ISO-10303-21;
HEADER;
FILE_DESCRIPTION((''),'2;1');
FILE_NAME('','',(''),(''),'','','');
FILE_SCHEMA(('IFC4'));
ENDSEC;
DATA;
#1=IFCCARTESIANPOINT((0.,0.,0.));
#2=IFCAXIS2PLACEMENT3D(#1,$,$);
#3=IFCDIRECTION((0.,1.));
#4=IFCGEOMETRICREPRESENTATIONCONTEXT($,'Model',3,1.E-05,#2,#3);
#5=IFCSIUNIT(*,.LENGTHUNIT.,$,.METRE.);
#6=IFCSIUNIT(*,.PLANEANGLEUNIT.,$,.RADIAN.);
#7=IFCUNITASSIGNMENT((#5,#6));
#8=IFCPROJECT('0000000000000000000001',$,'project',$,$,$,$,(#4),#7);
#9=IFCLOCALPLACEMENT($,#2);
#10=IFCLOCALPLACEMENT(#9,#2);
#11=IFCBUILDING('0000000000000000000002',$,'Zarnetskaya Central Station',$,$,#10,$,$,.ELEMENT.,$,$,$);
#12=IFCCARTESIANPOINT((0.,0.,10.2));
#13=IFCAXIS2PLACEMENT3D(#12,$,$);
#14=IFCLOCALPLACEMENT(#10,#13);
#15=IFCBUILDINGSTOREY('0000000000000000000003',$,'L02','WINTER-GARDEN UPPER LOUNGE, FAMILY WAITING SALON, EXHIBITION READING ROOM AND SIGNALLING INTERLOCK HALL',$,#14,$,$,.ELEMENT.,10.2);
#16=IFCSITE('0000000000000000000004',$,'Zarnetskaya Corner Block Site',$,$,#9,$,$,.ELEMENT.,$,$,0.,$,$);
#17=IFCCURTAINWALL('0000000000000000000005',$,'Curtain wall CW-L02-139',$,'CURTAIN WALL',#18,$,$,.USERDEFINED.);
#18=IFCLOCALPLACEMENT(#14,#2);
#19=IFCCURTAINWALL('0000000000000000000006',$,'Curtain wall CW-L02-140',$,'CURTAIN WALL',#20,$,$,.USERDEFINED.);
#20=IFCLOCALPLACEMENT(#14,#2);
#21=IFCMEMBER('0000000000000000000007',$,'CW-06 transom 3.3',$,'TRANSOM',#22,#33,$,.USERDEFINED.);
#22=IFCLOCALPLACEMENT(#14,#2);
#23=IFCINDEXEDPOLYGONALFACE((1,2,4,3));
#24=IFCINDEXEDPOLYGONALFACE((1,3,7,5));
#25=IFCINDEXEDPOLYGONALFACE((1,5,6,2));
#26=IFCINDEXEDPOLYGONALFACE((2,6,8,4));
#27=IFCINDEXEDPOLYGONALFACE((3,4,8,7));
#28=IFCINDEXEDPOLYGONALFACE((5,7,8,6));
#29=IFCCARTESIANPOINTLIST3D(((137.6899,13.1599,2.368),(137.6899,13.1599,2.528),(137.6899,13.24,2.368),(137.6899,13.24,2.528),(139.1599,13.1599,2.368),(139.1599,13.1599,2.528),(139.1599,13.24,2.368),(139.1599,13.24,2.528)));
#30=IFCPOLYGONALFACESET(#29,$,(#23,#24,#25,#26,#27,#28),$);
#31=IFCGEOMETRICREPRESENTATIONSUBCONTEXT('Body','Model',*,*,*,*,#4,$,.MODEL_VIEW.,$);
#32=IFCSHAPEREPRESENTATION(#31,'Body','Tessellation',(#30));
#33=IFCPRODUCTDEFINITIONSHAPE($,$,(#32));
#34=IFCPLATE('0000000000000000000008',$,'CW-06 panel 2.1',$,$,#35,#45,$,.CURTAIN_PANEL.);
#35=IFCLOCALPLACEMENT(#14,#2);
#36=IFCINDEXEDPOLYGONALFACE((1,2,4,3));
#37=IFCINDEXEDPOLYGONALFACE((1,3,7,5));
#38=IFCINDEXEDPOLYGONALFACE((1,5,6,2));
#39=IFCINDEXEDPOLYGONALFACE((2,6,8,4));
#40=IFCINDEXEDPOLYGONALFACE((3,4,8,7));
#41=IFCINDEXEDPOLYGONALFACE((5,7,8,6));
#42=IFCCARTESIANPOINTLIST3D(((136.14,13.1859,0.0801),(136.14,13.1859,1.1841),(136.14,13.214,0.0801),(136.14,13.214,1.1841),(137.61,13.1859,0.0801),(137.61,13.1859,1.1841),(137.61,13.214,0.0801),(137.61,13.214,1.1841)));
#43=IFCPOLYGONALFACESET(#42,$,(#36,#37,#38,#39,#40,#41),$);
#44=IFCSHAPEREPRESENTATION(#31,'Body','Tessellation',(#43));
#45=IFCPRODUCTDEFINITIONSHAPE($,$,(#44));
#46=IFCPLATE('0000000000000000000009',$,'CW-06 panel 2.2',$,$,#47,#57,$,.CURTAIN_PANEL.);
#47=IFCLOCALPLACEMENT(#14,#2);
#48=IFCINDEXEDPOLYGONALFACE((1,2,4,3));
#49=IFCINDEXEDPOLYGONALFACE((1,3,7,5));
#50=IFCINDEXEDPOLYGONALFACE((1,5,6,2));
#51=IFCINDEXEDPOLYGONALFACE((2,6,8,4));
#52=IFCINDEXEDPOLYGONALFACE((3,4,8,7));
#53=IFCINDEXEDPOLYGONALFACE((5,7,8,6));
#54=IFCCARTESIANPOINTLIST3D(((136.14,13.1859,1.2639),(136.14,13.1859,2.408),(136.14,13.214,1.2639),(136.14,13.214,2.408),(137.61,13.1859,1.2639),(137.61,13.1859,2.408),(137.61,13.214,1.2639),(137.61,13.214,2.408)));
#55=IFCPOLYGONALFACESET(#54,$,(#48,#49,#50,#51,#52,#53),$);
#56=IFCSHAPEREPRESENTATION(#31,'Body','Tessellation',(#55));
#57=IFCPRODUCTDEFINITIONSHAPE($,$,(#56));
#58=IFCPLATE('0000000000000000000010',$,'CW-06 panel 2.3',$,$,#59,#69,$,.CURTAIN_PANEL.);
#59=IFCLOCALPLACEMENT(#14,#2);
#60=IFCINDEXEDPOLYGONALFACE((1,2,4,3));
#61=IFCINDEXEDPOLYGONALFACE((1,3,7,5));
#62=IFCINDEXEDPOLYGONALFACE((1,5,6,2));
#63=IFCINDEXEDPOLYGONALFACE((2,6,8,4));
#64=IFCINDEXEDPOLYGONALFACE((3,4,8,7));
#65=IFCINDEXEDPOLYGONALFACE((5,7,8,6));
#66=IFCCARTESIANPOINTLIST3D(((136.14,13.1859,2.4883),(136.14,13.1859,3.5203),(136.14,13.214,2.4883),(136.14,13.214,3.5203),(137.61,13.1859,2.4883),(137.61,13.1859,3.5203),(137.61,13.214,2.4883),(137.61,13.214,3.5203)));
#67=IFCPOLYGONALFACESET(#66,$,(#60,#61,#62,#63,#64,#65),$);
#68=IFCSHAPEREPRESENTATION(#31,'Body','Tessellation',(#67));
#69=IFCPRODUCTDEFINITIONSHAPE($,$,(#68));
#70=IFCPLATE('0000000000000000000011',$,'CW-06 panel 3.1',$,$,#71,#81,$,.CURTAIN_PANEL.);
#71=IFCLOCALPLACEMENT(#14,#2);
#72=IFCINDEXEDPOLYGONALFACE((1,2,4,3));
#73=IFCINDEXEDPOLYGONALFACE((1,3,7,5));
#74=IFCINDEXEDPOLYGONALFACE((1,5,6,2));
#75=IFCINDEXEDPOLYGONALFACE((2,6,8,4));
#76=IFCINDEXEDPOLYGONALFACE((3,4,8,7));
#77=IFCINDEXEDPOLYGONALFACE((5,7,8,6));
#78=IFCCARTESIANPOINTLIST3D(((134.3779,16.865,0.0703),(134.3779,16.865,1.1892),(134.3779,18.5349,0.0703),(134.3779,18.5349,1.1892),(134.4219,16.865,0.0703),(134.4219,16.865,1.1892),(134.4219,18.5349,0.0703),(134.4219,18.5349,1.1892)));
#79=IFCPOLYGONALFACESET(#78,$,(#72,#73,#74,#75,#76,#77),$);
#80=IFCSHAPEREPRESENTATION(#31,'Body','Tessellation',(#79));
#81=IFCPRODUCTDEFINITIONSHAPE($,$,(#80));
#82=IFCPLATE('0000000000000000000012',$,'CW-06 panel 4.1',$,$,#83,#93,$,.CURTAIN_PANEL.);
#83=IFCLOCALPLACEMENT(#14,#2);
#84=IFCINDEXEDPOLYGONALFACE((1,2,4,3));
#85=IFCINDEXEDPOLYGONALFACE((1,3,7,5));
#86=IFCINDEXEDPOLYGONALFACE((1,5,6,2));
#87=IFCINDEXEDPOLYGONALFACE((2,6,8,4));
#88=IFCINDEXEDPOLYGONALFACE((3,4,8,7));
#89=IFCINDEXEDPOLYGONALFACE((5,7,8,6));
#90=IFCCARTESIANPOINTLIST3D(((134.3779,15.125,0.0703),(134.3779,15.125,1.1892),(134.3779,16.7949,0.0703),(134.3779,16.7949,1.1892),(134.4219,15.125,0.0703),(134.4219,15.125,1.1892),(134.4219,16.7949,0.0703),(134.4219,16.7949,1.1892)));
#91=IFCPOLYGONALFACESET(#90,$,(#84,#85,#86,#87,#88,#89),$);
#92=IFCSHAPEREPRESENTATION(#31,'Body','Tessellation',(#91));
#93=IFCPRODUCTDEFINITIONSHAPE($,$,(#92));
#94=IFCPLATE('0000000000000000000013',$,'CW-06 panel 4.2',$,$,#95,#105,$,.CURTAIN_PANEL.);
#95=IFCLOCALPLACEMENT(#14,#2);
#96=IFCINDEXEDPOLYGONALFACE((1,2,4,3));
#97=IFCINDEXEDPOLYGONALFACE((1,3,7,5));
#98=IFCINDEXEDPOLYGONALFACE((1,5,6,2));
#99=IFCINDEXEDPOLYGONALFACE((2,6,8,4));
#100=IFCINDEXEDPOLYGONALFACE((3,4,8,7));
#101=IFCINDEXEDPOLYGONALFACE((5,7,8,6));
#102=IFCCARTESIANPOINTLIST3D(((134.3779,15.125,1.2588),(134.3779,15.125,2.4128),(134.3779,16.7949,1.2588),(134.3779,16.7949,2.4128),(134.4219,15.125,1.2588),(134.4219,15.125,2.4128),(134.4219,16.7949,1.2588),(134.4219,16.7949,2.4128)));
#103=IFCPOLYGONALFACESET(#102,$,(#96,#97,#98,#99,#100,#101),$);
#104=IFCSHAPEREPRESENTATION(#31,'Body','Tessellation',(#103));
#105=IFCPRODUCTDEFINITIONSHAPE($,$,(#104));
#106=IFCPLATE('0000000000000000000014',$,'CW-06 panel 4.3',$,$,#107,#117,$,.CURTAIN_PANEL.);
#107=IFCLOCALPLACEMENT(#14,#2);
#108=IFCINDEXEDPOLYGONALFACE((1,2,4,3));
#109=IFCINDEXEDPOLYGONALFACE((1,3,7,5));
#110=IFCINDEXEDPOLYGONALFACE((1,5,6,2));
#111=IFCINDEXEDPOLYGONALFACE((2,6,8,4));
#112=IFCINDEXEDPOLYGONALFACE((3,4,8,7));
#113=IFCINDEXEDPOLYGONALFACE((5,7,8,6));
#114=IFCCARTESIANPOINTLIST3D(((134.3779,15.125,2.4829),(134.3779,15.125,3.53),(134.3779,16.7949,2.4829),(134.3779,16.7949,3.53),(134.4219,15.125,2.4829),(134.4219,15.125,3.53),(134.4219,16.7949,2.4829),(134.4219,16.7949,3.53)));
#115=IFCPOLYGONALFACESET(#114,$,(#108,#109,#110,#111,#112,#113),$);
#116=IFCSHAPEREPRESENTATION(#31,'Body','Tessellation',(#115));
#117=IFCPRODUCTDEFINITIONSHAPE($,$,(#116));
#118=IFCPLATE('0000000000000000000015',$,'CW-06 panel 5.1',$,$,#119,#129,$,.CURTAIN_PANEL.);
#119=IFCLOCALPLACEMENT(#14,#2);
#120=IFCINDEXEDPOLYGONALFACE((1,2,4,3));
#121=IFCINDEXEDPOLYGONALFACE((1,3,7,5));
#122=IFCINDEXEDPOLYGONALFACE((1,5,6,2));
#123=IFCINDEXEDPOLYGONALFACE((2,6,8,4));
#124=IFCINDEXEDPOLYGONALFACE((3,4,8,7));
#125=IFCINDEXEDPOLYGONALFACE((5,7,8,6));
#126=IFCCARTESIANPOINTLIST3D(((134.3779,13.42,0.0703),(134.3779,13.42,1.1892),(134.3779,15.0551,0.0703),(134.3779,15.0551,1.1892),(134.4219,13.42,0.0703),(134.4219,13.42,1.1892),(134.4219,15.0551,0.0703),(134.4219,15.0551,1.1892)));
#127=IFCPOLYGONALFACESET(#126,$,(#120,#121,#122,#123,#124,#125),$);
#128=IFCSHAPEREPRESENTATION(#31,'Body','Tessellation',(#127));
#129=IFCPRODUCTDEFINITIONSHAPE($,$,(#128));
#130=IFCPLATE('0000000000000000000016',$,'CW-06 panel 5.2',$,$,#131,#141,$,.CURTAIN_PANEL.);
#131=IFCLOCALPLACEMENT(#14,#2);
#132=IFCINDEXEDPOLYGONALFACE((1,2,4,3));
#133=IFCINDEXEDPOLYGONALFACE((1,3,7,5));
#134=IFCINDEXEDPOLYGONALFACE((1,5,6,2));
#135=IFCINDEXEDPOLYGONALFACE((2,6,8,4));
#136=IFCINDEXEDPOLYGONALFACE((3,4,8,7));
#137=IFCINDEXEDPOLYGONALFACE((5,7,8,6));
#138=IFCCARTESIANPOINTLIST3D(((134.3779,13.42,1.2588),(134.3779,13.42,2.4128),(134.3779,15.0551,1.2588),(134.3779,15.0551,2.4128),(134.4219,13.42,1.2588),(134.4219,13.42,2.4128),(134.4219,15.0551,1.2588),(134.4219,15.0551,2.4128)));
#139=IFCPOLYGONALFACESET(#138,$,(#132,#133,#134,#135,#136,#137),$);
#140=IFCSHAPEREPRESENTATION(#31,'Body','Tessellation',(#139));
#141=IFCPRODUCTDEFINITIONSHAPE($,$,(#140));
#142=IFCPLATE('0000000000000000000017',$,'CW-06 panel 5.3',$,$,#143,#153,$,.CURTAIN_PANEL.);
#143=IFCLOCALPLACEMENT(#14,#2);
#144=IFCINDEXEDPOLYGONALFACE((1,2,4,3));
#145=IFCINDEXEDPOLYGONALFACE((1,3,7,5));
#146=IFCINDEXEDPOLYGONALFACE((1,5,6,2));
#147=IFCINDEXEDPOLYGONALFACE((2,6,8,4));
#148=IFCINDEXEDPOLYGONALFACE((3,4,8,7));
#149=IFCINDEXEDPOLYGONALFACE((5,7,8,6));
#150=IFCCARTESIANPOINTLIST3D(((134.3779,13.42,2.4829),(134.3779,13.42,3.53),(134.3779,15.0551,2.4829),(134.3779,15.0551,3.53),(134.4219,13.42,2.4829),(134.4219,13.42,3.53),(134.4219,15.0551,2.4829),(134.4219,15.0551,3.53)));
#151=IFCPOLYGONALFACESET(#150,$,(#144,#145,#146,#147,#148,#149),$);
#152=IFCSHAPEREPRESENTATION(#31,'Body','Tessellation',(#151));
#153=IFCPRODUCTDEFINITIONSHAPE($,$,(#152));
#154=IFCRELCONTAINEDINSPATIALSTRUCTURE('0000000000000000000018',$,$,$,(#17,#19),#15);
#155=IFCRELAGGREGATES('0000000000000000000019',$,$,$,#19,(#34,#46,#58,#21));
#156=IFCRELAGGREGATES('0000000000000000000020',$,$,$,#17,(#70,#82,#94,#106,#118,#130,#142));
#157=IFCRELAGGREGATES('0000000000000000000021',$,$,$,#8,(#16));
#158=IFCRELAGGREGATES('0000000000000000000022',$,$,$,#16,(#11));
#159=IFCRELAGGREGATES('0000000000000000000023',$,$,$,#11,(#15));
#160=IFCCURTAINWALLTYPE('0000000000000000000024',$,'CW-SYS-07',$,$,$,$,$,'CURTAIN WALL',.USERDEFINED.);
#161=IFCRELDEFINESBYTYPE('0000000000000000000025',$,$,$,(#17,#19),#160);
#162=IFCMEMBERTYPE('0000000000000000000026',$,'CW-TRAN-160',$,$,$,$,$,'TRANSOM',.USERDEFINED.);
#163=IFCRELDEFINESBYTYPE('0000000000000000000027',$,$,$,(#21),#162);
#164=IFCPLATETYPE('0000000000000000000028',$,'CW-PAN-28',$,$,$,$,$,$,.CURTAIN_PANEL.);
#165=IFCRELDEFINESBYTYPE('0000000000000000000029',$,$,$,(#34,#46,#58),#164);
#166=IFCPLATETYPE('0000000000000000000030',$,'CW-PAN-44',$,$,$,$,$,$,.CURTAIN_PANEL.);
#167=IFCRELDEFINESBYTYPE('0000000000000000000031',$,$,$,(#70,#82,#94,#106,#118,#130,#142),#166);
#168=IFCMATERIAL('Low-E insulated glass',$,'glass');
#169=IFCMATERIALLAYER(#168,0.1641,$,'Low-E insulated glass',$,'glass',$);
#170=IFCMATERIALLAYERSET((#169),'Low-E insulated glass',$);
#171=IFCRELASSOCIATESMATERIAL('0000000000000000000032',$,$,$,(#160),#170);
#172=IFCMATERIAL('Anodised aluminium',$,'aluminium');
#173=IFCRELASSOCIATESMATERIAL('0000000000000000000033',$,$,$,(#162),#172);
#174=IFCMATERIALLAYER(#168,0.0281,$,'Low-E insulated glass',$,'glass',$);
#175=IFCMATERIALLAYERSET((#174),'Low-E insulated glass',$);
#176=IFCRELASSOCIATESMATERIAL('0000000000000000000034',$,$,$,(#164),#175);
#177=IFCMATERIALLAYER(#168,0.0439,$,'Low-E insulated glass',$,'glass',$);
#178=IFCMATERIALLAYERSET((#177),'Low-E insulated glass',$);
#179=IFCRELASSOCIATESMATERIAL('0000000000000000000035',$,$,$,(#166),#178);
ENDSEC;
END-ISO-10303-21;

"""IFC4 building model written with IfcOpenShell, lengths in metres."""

from ifc_helpers import new_model, si_unit, direction, frame, origin, origin_2d, place, context, subcontext, project, spatial, rectangle, extrude, material, layer, layer_set, material_profile, profile_set, type_object, element, aggregate, save


model = new_model("IFC4")

# Units and contexts
model_context = context("Model", 3, precision=1e-05, world=origin(), true_north=direction((0.0, 1.0)))
body_context = subcontext(model_context, "Body", "Model", "MODEL_VIEW")
ifc_project = project(units=[si_unit("LENGTHUNIT", "METRE"), si_unit("PLANEANGLEUNIT", "RADIAN")], contexts=[model_context])

# Site, building, storey
site_placement = place(None, origin())
site = spatial("IfcSite", under=ifc_project, at=site_placement, Name="Zarnetskaya Corner Block Site", CompositionType="ELEMENT", RefElevation=0.0)
building_placement = place(site_placement, origin())
building = spatial("IfcBuilding", under=site, at=building_placement, Name="Zarnetskaya Central Station", CompositionType="ELEMENT")
storey_placement = place(building_placement, frame((0.0, 0.0, 10.2)))
storey = spatial("IfcBuildingStorey", under=building, at=storey_placement, Name="L02", Description="WINTER-GARDEN UPPER LOUNGE, FAMILY WAITING SALON, EXHIBITION READING ROOM AND SIGNALLING INTERLOCK HALL", CompositionType="ELEMENT", Elevation=10.2)

# Curtain wall
ifc_material_1 = material(Name="Low-E insulated glass", Category="glass")
ifc_layer_1 = layer(ifc_material_1, 0.1641, Name="Low-E insulated glass", Category="glass")
ifc_layer_set_1 = layer_set([ifc_layer_1], Name="Low-E insulated glass")
curtain_wall_type = type_object("IfcCurtainWallType", Name="CW-SYS-07", ElementType="CURTAIN WALL", PredefinedType="USERDEFINED", material=ifc_layer_set_1)
curtain_wall_1_placement = place(storey_placement, origin())
curtain_wall_1 = element("IfcCurtainWall", 1, at=curtain_wall_1_placement, inside=storey, type_object=curtain_wall_type, Name="Curtain wall CW-L02-139", ObjectType="CURTAIN WALL", PredefinedType="USERDEFINED")
ifc_material_2 = material(Name="Anodised aluminium", Category="aluminium")

# Curtain wall
curtain_wall_2_placement = place(storey_placement, origin())
curtain_wall_2 = element("IfcCurtainWall", 2, at=curtain_wall_2_placement, inside=storey, type_object=curtain_wall_type, Name="Curtain wall CW-L02-140", ObjectType="CURTAIN WALL", PredefinedType="USERDEFINED")

# Member
ifc_material_profile_1 = material_profile(ifc_material_2, rectangle(XDim=0.0801, YDim=0.1599, at=origin_2d()), Name="ALU TRAN 80x160")
ifc_profile_set_1 = profile_set([ifc_material_profile_1], Name="Anodised aluminium")
member_type_1 = type_object("IfcMemberType", Name="CW-TRAN-160", ElementType="TRANSOM", PredefinedType="USERDEFINED", material=ifc_profile_set_1)
member_1_placement = place(storey_placement, frame((137.6899, 13.2, 2.448), z_axis=(1.0, 0.0, 0.0), x_axis=(0.0, 1.0, 0.0)))
member_1 = element("IfcMember", 3, at=member_1_placement, type_object=member_type_1, Name="CW-06 transom 3.3", ObjectType="TRANSOM", PredefinedType="USERDEFINED", context=body_context, shape_type="SweptSolid", body=[
    extrude(rectangle(XDim=0.0801, YDim=0.1599, at=origin_2d()), origin(), (0.0, 0.0, 1.0), 1.47),
])

# Plates
ifc_layer_2 = layer(ifc_material_1, 0.0281, Name="Low-E insulated glass", Category="glass")
ifc_layer_set_2 = layer_set([ifc_layer_2], Name="Low-E insulated glass")
plate_type_1 = type_object("IfcPlateType", Name="CW-PAN-28", PredefinedType="CURTAIN_PANEL", material=ifc_layer_set_2)
plate_1_placement = place(storey_placement, frame((136.875, 13.2, 0.0801), z_axis=(0.0, 0.0, 1.0), x_axis=(1.0, 0.0, 0.0)))
plate_1 = element("IfcPlate", 4, at=plate_1_placement, type_object=plate_type_1, Name="CW-06 panel 2.1", PredefinedType="CURTAIN_PANEL", context=body_context, shape_type="SweptSolid", body=[
    extrude(rectangle(XDim=1.47, YDim=0.0281, at=origin_2d()), origin(), (0.0, 0.0, 1.0), 1.104),
])
plate_2_placement = place(storey_placement, frame((136.875, 13.2, 1.2639), z_axis=(0.0, 0.0, 1.0), x_axis=(1.0, 0.0, 0.0)))
plate_2 = element("IfcPlate", 5, at=plate_2_placement, type_object=plate_type_1, Name="CW-06 panel 2.2", PredefinedType="CURTAIN_PANEL", context=body_context, shape_type="SweptSolid", body=[
    extrude(rectangle(XDim=1.47, YDim=0.0281, at=origin_2d()), origin(), (0.0, 0.0, 1.0), 1.144),
])
plate_3_placement = place(storey_placement, frame((136.875, 13.2, 2.4883), z_axis=(0.0, 0.0, 1.0), x_axis=(1.0, 0.0, 0.0)))
plate_3 = element("IfcPlate", 6, at=plate_3_placement, type_object=plate_type_1, Name="CW-06 panel 2.3", PredefinedType="CURTAIN_PANEL", context=body_context, shape_type="SweptSolid", body=[
    extrude(rectangle(XDim=1.47, YDim=0.0281, at=origin_2d()), origin(), (0.0, 0.0, 1.0), 1.032),
])
aggregate(curtain_wall_2, [plate_1, plate_2, plate_3, member_1])
ifc_layer_3 = layer(ifc_material_1, 0.0439, Name="Low-E insulated glass", Category="glass")
ifc_layer_set_3 = layer_set([ifc_layer_3], Name="Low-E insulated glass")
plate_type_2 = type_object("IfcPlateType", Name="CW-PAN-44", PredefinedType="CURTAIN_PANEL", material=ifc_layer_set_3)
plate_4_placement = place(storey_placement, frame((134.3999, 17.7, 0.0703), z_axis=(0.0, 0.0, 1.0), x_axis=(0.0, -1.0, 0.0)))
plate_4 = element("IfcPlate", 7, at=plate_4_placement, type_object=plate_type_2, Name="CW-06 panel 3.1", PredefinedType="CURTAIN_PANEL", context=body_context, shape_type="SweptSolid", body=[
    extrude(rectangle(XDim=1.6699, YDim=0.0439, at=origin_2d()), origin(), (0.0, 0.0, 1.0), 1.1189),
])
plate_5_placement = place(storey_placement, frame((134.3999, 15.96, 0.0703), z_axis=(0.0, 0.0, 1.0), x_axis=(0.0, -1.0, 0.0)))
plate_5 = element("IfcPlate", 8, at=plate_5_placement, type_object=plate_type_2, Name="CW-06 panel 4.1", PredefinedType="CURTAIN_PANEL", context=body_context, shape_type="SweptSolid", body=[
    extrude(rectangle(XDim=1.6699, YDim=0.0439, at=origin_2d()), origin(), (0.0, 0.0, 1.0), 1.1189),
])
plate_6_placement = place(storey_placement, frame((134.3999, 15.96, 1.2588), z_axis=(0.0, 0.0, 1.0), x_axis=(0.0, -1.0, 0.0)))
plate_6 = element("IfcPlate", 9, at=plate_6_placement, type_object=plate_type_2, Name="CW-06 panel 4.2", PredefinedType="CURTAIN_PANEL", context=body_context, shape_type="SweptSolid", body=[
    extrude(rectangle(XDim=1.6699, YDim=0.0439, at=origin_2d()), origin(), (0.0, 0.0, 1.0), 1.1541),
])
plate_7_placement = place(storey_placement, frame((134.3999, 15.96, 2.4829), z_axis=(0.0, 0.0, 1.0), x_axis=(0.0, -1.0, 0.0)))
plate_7 = element("IfcPlate", 10, at=plate_7_placement, type_object=plate_type_2, Name="CW-06 panel 4.3", PredefinedType="CURTAIN_PANEL", context=body_context, shape_type="SweptSolid", body=[
    extrude(rectangle(XDim=1.6699, YDim=0.0439, at=origin_2d()), origin(), (0.0, 0.0, 1.0), 1.0471),
])
plate_8_placement = place(storey_placement, frame((134.3999, 14.2375, 0.0703), z_axis=(0.0, 0.0, 1.0), x_axis=(0.0, -1.0, 0.0)))
plate_8 = element("IfcPlate", 11, at=plate_8_placement, type_object=plate_type_2, Name="CW-06 panel 5.1", PredefinedType="CURTAIN_PANEL", context=body_context, shape_type="SweptSolid", body=[
    extrude(rectangle(XDim=1.635, YDim=0.0439, at=origin_2d()), origin(), (0.0, 0.0, 1.0), 1.1189),
])
plate_9_placement = place(storey_placement, frame((134.3999, 14.2375, 1.2588), z_axis=(0.0, 0.0, 1.0), x_axis=(0.0, -1.0, 0.0)))
plate_9 = element("IfcPlate", 12, at=plate_9_placement, type_object=plate_type_2, Name="CW-06 panel 5.2", PredefinedType="CURTAIN_PANEL", context=body_context, shape_type="SweptSolid", body=[
    extrude(rectangle(XDim=1.635, YDim=0.0439, at=origin_2d()), origin(), (0.0, 0.0, 1.0), 1.1541),
])
plate_10_placement = place(storey_placement, frame((134.3999, 14.2375, 2.4829), z_axis=(0.0, 0.0, 1.0), x_axis=(0.0, -1.0, 0.0)))
plate_10 = element("IfcPlate", 13, at=plate_10_placement, type_object=plate_type_2, Name="CW-06 panel 5.3", PredefinedType="CURTAIN_PANEL", context=body_context, shape_type="SweptSolid", body=[
    extrude(rectangle(XDim=1.635, YDim=0.0439, at=origin_2d()), origin(), (0.0, 0.0, 1.0), 1.0471),
])
aggregate(curtain_wall_1, [plate_4, plate_5, plate_6, plate_7, plate_8, plate_9, plate_10])

save(model, "model.ifc")
